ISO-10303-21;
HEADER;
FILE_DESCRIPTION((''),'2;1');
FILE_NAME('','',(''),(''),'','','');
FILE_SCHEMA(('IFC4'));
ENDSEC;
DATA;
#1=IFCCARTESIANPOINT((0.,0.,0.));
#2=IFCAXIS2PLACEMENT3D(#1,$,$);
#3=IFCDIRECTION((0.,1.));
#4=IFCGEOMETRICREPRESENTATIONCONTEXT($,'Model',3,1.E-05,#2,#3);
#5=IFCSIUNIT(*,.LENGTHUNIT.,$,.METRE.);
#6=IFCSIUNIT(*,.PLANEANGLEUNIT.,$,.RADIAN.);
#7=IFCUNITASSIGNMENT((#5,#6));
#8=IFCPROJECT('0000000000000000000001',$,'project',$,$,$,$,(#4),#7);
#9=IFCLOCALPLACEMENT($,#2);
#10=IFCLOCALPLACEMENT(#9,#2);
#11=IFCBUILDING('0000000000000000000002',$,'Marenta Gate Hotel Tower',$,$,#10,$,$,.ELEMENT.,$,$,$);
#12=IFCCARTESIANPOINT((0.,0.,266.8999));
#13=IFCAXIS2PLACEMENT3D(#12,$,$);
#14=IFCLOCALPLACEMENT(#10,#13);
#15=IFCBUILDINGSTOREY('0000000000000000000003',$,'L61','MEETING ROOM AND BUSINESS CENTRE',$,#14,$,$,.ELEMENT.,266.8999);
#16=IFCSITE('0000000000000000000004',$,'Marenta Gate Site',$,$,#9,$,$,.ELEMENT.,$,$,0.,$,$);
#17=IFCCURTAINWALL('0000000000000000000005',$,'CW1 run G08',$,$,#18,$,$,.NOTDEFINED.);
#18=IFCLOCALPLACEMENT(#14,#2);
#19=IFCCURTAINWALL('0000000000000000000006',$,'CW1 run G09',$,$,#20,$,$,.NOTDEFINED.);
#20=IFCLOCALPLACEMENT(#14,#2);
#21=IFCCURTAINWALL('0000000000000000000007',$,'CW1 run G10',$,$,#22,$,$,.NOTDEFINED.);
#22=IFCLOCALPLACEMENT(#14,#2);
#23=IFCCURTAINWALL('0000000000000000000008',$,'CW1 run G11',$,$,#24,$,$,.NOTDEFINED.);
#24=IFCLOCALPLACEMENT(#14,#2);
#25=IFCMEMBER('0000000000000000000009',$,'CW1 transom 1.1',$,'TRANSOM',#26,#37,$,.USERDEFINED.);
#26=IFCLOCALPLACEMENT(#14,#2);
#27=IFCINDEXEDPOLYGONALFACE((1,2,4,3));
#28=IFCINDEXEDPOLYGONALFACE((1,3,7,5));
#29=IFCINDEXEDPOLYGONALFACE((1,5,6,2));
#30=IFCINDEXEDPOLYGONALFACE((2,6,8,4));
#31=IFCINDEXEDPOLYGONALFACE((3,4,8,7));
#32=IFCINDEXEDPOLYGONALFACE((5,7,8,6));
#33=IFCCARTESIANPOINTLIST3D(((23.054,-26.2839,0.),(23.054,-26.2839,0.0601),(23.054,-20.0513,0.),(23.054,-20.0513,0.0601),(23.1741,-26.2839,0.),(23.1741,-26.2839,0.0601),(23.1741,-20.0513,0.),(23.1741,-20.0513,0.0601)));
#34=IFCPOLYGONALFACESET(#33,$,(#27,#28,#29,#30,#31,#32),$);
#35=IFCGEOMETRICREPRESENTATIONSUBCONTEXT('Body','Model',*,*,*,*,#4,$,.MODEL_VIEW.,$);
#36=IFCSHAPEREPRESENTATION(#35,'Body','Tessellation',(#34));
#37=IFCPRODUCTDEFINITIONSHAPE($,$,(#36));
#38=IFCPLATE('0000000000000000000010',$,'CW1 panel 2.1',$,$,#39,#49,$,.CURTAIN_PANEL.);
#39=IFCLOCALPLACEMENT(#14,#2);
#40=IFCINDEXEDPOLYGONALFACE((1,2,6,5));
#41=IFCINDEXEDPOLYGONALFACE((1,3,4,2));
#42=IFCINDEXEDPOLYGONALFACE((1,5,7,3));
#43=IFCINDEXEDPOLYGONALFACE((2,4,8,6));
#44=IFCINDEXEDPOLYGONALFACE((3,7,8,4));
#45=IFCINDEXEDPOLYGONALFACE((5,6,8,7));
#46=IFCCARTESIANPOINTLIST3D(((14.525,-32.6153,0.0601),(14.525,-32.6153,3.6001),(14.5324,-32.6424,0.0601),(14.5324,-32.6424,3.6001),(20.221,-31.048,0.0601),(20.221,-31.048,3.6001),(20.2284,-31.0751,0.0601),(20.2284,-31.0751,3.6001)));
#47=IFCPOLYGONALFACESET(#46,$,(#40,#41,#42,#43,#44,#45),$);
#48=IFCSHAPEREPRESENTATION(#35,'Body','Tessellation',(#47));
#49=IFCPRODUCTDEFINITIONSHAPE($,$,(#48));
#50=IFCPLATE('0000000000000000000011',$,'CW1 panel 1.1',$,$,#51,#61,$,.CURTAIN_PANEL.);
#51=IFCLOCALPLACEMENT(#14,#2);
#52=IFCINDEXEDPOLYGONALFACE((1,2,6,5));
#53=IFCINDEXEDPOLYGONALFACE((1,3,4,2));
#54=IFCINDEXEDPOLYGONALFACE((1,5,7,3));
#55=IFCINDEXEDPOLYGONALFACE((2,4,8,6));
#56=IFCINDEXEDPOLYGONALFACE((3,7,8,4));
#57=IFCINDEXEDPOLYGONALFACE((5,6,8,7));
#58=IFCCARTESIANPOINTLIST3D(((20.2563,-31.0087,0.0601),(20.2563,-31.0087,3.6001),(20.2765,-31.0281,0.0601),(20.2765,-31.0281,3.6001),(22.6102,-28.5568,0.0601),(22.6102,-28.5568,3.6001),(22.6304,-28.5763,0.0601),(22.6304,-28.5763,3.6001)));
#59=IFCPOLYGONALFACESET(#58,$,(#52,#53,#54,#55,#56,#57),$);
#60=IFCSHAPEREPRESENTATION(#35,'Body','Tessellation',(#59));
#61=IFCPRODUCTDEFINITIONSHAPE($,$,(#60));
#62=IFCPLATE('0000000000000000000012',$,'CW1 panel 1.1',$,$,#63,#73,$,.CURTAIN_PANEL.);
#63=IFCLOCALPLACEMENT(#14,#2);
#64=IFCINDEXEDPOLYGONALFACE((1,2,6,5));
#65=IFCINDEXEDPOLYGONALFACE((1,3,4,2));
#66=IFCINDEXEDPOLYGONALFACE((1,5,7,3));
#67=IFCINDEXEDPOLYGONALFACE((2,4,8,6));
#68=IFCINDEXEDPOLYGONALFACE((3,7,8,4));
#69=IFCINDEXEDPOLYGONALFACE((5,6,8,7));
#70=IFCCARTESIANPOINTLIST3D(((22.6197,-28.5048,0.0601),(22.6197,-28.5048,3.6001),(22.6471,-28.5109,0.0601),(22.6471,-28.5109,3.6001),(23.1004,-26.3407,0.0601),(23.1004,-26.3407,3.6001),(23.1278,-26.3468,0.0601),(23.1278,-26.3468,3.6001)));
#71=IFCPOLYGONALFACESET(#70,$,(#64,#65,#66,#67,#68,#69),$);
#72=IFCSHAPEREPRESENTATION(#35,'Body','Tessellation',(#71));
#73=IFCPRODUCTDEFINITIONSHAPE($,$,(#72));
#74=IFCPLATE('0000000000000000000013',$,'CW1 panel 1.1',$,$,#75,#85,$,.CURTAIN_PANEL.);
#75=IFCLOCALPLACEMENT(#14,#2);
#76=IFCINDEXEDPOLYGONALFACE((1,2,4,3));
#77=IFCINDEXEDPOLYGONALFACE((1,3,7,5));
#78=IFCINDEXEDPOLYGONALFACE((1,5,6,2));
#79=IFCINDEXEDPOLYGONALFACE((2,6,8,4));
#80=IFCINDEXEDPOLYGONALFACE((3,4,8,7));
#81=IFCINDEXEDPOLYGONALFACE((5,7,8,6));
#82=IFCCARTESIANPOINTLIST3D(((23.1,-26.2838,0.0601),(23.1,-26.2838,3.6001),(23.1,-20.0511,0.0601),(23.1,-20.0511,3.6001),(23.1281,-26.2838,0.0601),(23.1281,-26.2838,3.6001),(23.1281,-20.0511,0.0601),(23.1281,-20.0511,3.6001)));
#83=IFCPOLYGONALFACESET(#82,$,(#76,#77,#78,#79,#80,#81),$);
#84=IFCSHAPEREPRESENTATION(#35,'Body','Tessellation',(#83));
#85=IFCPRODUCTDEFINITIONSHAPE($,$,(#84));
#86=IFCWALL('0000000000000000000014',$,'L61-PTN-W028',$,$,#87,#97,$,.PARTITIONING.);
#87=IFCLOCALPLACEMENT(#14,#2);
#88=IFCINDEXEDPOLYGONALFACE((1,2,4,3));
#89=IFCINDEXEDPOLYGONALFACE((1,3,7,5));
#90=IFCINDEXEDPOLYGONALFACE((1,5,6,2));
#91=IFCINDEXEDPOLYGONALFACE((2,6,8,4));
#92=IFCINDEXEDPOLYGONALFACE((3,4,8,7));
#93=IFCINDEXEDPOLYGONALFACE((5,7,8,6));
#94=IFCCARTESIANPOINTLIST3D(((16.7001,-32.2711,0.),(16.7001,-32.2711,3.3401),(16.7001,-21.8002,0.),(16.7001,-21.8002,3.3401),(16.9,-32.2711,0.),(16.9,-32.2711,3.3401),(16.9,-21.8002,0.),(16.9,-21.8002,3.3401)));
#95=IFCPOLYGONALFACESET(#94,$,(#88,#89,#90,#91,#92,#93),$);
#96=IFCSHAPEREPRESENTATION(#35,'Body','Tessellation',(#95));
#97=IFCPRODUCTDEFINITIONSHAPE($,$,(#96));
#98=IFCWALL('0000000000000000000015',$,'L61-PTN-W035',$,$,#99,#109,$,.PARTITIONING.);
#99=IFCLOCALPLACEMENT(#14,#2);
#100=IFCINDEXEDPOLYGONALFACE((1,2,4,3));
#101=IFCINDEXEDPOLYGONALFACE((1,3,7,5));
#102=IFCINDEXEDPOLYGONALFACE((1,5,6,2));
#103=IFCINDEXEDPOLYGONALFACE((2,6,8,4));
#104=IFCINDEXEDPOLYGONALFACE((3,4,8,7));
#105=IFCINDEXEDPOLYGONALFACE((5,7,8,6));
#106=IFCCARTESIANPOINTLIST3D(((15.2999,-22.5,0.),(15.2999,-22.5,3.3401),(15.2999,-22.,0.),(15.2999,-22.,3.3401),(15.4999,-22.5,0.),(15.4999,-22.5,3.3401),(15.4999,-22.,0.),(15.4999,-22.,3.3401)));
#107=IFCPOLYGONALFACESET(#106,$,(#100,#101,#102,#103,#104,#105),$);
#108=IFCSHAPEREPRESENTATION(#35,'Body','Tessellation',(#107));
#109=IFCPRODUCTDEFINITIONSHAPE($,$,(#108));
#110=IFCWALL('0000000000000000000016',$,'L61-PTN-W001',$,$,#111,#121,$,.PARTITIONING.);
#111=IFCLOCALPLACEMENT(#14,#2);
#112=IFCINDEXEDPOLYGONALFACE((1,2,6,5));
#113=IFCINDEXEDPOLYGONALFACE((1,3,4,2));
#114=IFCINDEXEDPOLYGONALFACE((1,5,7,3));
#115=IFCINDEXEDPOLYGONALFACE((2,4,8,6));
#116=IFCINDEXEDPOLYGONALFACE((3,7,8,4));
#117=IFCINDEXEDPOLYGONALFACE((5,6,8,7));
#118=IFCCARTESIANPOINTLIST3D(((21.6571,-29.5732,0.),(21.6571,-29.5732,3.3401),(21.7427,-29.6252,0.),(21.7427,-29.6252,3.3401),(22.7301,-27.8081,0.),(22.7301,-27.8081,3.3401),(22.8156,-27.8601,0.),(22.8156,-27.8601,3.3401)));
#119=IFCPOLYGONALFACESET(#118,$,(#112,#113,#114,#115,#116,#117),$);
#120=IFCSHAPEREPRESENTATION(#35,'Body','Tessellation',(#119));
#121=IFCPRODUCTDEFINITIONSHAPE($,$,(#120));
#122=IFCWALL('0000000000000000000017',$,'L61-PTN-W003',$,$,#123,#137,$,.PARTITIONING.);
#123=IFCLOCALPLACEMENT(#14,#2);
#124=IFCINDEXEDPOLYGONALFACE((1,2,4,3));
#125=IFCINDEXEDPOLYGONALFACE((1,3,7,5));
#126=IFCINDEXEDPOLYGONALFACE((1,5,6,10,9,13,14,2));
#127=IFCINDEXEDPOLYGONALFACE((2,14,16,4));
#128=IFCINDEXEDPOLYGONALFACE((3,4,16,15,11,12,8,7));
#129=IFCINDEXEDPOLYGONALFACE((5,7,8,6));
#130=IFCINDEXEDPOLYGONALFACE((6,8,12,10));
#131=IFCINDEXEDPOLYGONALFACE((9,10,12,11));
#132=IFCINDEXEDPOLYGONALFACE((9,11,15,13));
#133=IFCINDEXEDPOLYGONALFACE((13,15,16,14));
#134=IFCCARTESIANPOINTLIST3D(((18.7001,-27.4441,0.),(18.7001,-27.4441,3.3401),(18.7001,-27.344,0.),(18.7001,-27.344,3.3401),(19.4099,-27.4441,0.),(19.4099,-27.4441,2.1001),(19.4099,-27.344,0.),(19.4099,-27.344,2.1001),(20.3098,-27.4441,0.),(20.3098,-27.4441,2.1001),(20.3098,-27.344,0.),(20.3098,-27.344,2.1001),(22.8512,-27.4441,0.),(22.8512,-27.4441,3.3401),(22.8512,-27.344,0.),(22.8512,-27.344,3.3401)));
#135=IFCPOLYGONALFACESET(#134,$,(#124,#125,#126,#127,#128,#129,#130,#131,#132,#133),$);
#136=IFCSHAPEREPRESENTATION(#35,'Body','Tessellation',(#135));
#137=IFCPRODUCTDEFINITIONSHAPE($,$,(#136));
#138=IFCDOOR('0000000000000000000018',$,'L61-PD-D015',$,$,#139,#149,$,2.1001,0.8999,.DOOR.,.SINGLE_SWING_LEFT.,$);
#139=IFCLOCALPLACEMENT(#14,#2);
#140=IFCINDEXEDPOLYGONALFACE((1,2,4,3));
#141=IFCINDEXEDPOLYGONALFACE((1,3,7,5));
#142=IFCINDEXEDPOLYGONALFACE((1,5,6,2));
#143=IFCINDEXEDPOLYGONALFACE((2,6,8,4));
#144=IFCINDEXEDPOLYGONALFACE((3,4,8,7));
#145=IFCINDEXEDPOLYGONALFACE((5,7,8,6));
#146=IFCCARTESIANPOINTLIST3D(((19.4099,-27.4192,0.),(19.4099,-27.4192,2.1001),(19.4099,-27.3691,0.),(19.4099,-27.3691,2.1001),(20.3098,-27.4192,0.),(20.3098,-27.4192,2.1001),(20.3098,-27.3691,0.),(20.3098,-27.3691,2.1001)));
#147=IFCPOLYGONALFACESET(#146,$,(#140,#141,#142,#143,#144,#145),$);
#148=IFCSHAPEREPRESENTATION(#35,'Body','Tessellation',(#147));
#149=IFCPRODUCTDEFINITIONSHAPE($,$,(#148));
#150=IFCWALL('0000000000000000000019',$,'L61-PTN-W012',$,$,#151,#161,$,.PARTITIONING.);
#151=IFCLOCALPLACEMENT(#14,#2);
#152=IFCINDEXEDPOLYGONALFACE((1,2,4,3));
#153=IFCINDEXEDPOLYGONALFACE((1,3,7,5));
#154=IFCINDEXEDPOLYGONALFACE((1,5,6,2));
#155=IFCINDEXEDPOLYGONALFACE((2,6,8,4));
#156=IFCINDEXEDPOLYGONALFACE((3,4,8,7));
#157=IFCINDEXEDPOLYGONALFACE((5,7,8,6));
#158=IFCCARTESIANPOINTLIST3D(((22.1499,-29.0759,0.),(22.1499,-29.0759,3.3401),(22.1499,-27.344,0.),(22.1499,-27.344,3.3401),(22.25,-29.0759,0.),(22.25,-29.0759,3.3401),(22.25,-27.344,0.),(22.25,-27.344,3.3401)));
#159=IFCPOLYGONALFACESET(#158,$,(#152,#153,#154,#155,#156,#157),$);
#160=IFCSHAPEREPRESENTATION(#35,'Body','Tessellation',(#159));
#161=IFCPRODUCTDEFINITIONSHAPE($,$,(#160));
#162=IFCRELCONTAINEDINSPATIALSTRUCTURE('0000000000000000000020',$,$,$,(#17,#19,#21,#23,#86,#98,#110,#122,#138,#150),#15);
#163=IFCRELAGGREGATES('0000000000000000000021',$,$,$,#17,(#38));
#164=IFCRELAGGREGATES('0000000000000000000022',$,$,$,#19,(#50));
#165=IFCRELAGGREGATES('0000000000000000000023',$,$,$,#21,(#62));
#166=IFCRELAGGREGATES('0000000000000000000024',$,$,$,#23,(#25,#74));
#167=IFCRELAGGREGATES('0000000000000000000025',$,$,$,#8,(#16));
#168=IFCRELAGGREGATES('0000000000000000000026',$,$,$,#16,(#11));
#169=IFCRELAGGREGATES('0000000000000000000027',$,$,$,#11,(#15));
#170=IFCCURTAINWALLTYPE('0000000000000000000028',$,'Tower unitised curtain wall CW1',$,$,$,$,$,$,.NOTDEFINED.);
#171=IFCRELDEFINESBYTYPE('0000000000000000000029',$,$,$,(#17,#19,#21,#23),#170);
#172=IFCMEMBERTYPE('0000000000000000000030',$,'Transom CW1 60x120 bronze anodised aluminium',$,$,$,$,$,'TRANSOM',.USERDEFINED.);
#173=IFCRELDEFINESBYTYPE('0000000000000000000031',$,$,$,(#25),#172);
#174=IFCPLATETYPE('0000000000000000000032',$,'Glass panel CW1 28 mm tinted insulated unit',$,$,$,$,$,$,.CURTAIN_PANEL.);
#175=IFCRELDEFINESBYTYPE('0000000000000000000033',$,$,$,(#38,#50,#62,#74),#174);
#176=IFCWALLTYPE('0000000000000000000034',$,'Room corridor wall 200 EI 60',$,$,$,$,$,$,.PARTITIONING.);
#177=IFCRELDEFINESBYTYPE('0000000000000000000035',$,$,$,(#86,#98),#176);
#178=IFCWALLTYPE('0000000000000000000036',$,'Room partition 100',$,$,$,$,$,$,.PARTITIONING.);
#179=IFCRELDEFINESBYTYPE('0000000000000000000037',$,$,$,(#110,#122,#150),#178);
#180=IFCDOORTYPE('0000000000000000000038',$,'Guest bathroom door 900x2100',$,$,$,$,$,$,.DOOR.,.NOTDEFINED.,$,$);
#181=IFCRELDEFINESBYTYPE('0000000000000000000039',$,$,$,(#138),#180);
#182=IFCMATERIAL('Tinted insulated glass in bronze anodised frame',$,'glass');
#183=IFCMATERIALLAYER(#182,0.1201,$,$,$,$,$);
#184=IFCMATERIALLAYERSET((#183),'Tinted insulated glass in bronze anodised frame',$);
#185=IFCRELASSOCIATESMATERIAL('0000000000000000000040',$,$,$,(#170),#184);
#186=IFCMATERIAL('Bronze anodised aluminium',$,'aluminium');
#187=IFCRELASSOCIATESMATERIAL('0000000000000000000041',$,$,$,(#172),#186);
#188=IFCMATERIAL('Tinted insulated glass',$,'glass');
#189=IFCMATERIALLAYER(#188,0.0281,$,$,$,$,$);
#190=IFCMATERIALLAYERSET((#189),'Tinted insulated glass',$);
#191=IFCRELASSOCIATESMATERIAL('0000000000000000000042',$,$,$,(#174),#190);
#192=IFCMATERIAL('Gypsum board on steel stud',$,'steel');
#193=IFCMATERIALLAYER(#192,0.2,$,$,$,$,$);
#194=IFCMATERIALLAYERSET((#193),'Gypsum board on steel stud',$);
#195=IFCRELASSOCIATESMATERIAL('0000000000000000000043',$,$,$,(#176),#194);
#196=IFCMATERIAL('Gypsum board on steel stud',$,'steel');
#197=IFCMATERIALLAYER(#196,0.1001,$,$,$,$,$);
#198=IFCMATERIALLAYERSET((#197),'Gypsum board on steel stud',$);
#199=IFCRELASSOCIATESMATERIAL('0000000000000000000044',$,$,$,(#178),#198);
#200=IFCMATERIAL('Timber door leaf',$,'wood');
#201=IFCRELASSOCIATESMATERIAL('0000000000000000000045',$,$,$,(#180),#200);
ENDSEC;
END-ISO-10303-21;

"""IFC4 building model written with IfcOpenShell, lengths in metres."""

from ifc_helpers import new_model, si_unit, direction, frame, frame_2d, origin, origin_2d, place, context, subcontext, project, spatial, rectangle, extrude, material, layer, layer_set, material_profile, profile_set, type_object, element, fill, aggregate, save


model = new_model("IFC4")

# Units and contexts
model_context = context("Model", 3, precision=1e-05, world=origin(), true_north=direction((0.0, 1.0)))
body_context = subcontext(model_context, "Body", "Model", "MODEL_VIEW")
ifc_project = project(units=[si_unit("LENGTHUNIT", "METRE"), si_unit("PLANEANGLEUNIT", "RADIAN")], contexts=[model_context])

# Site, building, storey
site_placement = place(None, origin())
site = spatial("IfcSite", under=ifc_project, at=site_placement, Name="Marenta Gate Site", CompositionType="ELEMENT", RefElevation=0.0)
building_placement = place(site_placement, origin())
building = spatial("IfcBuilding", under=site, at=building_placement, Name="Marenta Gate Hotel Tower", CompositionType="ELEMENT")
storey_placement = place(building_placement, frame((0.0, 0.0, 266.8999)))
storey = spatial("IfcBuildingStorey", under=building, at=storey_placement, Name="L61", Description="MEETING ROOM AND BUSINESS CENTRE", CompositionType="ELEMENT", Elevation=266.8999)

# Curtain walls
ifc_material_1 = material(Name="Tinted insulated glass in bronze anodised frame", Category="glass")
ifc_layer_1 = layer(ifc_material_1, 0.1201)
ifc_layer_set_1 = layer_set([ifc_layer_1], Name="Tinted insulated glass in bronze anodised frame")
curtain_wall_type = type_object("IfcCurtainWallType", Name="Tower unitised curtain wall CW1", PredefinedType="NOTDEFINED", material=ifc_layer_set_1)
curtain_wall_1_placement = place(storey_placement, origin())
curtain_wall_1 = element("IfcCurtainWall", 1, at=curtain_wall_1_placement, inside=storey, type_object=curtain_wall_type, Name="CW1 run G08", PredefinedType="NOTDEFINED")
curtain_wall_2_placement = place(storey_placement, origin())
curtain_wall_2 = element("IfcCurtainWall", 2, at=curtain_wall_2_placement, inside=storey, type_object=curtain_wall_type, Name="CW1 run G09", PredefinedType="NOTDEFINED")
curtain_wall_3_placement = place(storey_placement, origin())
curtain_wall_3 = element("IfcCurtainWall", 3, at=curtain_wall_3_placement, inside=storey, type_object=curtain_wall_type, Name="CW1 run G10", PredefinedType="NOTDEFINED")
curtain_wall_4_placement = place(storey_placement, origin())
curtain_wall_4 = element("IfcCurtainWall", 4, at=curtain_wall_4_placement, inside=storey, type_object=curtain_wall_type, Name="CW1 run G11", PredefinedType="NOTDEFINED")

# Member
ifc_material_2 = material(Name="Bronze anodised aluminium", Category="aluminium")
ifc_material_profile_1 = material_profile(ifc_material_2, rectangle(XDim=0.1201, YDim=0.0601, at=origin_2d()), Name="Transom CW1 60x120 bronze anodised aluminium")
ifc_profile_set_1 = profile_set([ifc_material_profile_1], Name="Bronze anodised aluminium")
member_type_1 = type_object("IfcMemberType", Name="Transom CW1 60x120 bronze anodised aluminium", ElementType="TRANSOM", PredefinedType="USERDEFINED", material=ifc_profile_set_1)
member_1_placement = place(storey_placement, frame((23.114, -26.2839, 0.03), z_axis=(0.0, 1.0, 0.0), x_axis=(-1.0, 0.0, 0.0)))
member_1 = element("IfcMember", 5, at=member_1_placement, type_object=member_type_1, Name="CW1 transom 1.1", ObjectType="TRANSOM", PredefinedType="USERDEFINED", context=body_context, shape_type="SweptSolid", body=[
    extrude(rectangle(XDim=0.1201, YDim=0.0601, at=origin_2d()), origin(), (0.0, 0.0, 1.0), 6.2327),
])

# Plates
ifc_material_3 = material(Name="Tinted insulated glass", Category="glass")
ifc_layer_2 = layer(ifc_material_3, 0.0281)
ifc_layer_set_2 = layer_set([ifc_layer_2], Name="Tinted insulated glass")
plate_type = type_object("IfcPlateType", Name="Glass panel CW1 28 mm tinted insulated unit", PredefinedType="CURTAIN_PANEL", material=ifc_layer_set_2)
plate_1_placement = place(storey_placement, frame((17.3767, -31.8452, 0.0601), z_axis=(0.0, 0.0, 1.0), x_axis=(0.964168, 0.265292, 0.0)))
plate_1 = element("IfcPlate", 6, at=plate_1_placement, type_object=plate_type, Name="CW1 panel 2.1", PredefinedType="CURTAIN_PANEL", context=body_context, shape_type="SweptSolid", body=[
    extrude(rectangle(XDim=5.9077, YDim=0.0281, at=origin_2d()), origin(), (0.0, 0.0, 1.0), 3.54),
])
aggregate(curtain_wall_1, [plate_1])
plate_2_placement = place(storey_placement, frame((21.4434, -29.7925, 0.0601), z_axis=(0.0, 0.0, 1.0), x_axis=(0.692548, 0.721372, 0.0)))
plate_2 = element("IfcPlate", 7, at=plate_2_placement, type_object=plate_type, Name="CW1 panel 1.1", PredefinedType="CURTAIN_PANEL", context=body_context, shape_type="SweptSolid", body=[
    extrude(rectangle(XDim=3.3989, YDim=0.0281, at=origin_2d()), origin(), (0.0, 0.0, 1.0), 3.54),
])
aggregate(curtain_wall_2, [plate_2])
plate_3_placement = place(storey_placement, frame((22.8738, -27.4258, 0.0601), z_axis=(0.0, 0.0, 1.0), x_axis=(0.216842, 0.976207, 0.0)))
plate_3 = element("IfcPlate", 8, at=plate_3_placement, type_object=plate_type, Name="CW1 panel 1.1", PredefinedType="CURTAIN_PANEL", context=body_context, shape_type="SweptSolid", body=[
    extrude(rectangle(XDim=2.2168, YDim=0.0281, at=origin_2d()), origin(), (0.0, 0.0, 1.0), 3.54),
])
aggregate(curtain_wall_3, [plate_3])
plate_4_placement = place(storey_placement, frame((23.114, -23.1675, 0.0601), z_axis=(0.0, 0.0, 1.0), x_axis=(0.0, 1.0, 0.0)))
plate_4 = element("IfcPlate", 9, at=plate_4_placement, type_object=plate_type, Name="CW1 panel 1.1", PredefinedType="CURTAIN_PANEL", context=body_context, shape_type="SweptSolid", body=[
    extrude(rectangle(XDim=6.2327, YDim=0.0281, at=origin_2d()), origin(), (0.0, 0.0, 1.0), 3.54),
])
aggregate(curtain_wall_4, [member_1, plate_4])

# Shared definitions
ifc_material_4 = material(Name="Gypsum board on steel stud", Category="steel")
ifc_layer_3 = layer(ifc_material_4, 0.2)
ifc_layer_set_3 = layer_set([ifc_layer_3], Name="Gypsum board on steel stud")
wall_type_1 = type_object("IfcWallType", Name="Room corridor wall 200 EI 60", PredefinedType="PARTITIONING", material=ifc_layer_set_3)

# Walls
wall_1_placement = place(storey_placement, frame((16.8, -32.271, 0.0), z_axis=(0.0, 0.0, 1.0), x_axis=(0.0, 1.0, 0.0)))
element("IfcWall", 10, at=wall_1_placement, inside=storey, type_object=wall_type_1, Name="L61-PTN-W028", PredefinedType="PARTITIONING", context=body_context, shape_type="SweptSolid", body=[
    extrude(rectangle(XDim=10.4709, YDim=0.2, at=frame_2d((5.2354, 0.0))), origin(), (0.0, 0.0, 1.0), 3.3401),
])
wall_2_placement = place(storey_placement, frame((15.3999, -22.5, 0.0), z_axis=(0.0, 0.0, 1.0), x_axis=(0.0, 1.0, 0.0)))
element("IfcWall", 11, at=wall_2_placement, inside=storey, type_object=wall_type_1, Name="L61-PTN-W035", PredefinedType="PARTITIONING", context=body_context, shape_type="SweptSolid", body=[
    extrude(rectangle(XDim=0.5, YDim=0.2, at=frame_2d((0.25, 0.0))), origin(), (0.0, 0.0, 1.0), 3.3401),
])
ifc_material_5 = material(Name="Gypsum board on steel stud", Category="steel")
ifc_layer_4 = layer(ifc_material_5, 0.1001)
ifc_layer_set_4 = layer_set([ifc_layer_4], Name="Gypsum board on steel stud")
wall_type_2 = type_object("IfcWallType", Name="Room partition 100", PredefinedType="PARTITIONING", material=ifc_layer_set_4)
wall_3_placement = place(storey_placement, frame((21.7, -29.5991, 0.0), z_axis=(0.0, 0.0, 1.0), x_axis=(0.519441, 0.854507, 0.0)))
element("IfcWall", 12, at=wall_3_placement, inside=storey, type_object=wall_type_2, Name="L61-PTN-W001", PredefinedType="PARTITIONING", context=body_context, shape_type="SweptSolid", body=[
    extrude(rectangle(XDim=2.0657, YDim=0.1001, at=frame_2d((1.0327, 0.0))), origin(), (0.0, 0.0, 1.0), 3.3401),
])

# Wall, opening, door
wall_4_placement = place(storey_placement, frame((18.7, -27.394, 0.0), z_axis=(0.0, 0.0, 1.0), x_axis=(1.0, 0.0, 0.0)))
wall_4 = element("IfcWall", 13, at=wall_4_placement, inside=storey, type_object=wall_type_2, Name="L61-PTN-W003", PredefinedType="PARTITIONING", context=body_context, shape_type="SweptSolid", body=[
    extrude(rectangle(XDim=4.1511, YDim=0.1001, at=frame_2d((2.0757, 0.0))), origin(), (0.0, 0.0, 1.0), 3.3401),
])
opening_1_placement = place(wall_4_placement, frame((0.71, 0.0, 0.0)))
opening_1 = element("IfcOpeningElement", 14, at=opening_1_placement, cuts=wall_4, PredefinedType="OPENING", context=body_context, shape_type="SweptSolid", body=[
    extrude(rectangle(XDim=0.8999, YDim=2.1001, at=frame_2d((0.45, 1.05))), frame((0.0, 0.05, 0.0), z_axis=(0.0, -1.0, 0.0), x_axis=(1.0, 0.0, 0.0)), (0.0, 0.0, 1.0), 0.1001),
])
ifc_material_6 = material(Name="Timber door leaf", Category="wood")
door_type_1 = type_object("IfcDoorType", Name="Guest bathroom door 900x2100", OperationType="NOTDEFINED", PredefinedType="DOOR", material=ifc_material_6)
door_1_placement = place(opening_1_placement, origin())
door_1 = element("IfcDoor", 15, at=door_1_placement, inside=storey, type_object=door_type_1, Name="L61-PD-D015", OperationType="SINGLE_SWING_LEFT", OverallHeight=2.1001, OverallWidth=0.8999, PredefinedType="DOOR", context=body_context, shape_type="SweptSolid", body=[
    extrude(rectangle(XDim=0.8999, YDim=2.1001, at=frame_2d((0.45, 1.05))), frame((0.0, 0.0249, 0.0), z_axis=(0.0, -1.0, 0.0), x_axis=(1.0, 0.0, 0.0)), (0.0, 0.0, 1.0), 0.05),
])
fill(opening_1, door_1)

# Wall
wall_5_placement = place(storey_placement, frame((22.2, -29.0759, 0.0), z_axis=(0.0, 0.0, 1.0), x_axis=(0.0, 1.0, 0.0)))
element("IfcWall", 16, at=wall_5_placement, inside=storey, type_object=wall_type_2, Name="L61-PTN-W012", PredefinedType="PARTITIONING", context=body_context, shape_type="SweptSolid", body=[
    extrude(rectangle(XDim=1.7319, YDim=0.1001, at=frame_2d((0.866, 0.0))), origin(), (0.0, 0.0, 1.0), 3.3401),
])

save(model, "model.ifc")
